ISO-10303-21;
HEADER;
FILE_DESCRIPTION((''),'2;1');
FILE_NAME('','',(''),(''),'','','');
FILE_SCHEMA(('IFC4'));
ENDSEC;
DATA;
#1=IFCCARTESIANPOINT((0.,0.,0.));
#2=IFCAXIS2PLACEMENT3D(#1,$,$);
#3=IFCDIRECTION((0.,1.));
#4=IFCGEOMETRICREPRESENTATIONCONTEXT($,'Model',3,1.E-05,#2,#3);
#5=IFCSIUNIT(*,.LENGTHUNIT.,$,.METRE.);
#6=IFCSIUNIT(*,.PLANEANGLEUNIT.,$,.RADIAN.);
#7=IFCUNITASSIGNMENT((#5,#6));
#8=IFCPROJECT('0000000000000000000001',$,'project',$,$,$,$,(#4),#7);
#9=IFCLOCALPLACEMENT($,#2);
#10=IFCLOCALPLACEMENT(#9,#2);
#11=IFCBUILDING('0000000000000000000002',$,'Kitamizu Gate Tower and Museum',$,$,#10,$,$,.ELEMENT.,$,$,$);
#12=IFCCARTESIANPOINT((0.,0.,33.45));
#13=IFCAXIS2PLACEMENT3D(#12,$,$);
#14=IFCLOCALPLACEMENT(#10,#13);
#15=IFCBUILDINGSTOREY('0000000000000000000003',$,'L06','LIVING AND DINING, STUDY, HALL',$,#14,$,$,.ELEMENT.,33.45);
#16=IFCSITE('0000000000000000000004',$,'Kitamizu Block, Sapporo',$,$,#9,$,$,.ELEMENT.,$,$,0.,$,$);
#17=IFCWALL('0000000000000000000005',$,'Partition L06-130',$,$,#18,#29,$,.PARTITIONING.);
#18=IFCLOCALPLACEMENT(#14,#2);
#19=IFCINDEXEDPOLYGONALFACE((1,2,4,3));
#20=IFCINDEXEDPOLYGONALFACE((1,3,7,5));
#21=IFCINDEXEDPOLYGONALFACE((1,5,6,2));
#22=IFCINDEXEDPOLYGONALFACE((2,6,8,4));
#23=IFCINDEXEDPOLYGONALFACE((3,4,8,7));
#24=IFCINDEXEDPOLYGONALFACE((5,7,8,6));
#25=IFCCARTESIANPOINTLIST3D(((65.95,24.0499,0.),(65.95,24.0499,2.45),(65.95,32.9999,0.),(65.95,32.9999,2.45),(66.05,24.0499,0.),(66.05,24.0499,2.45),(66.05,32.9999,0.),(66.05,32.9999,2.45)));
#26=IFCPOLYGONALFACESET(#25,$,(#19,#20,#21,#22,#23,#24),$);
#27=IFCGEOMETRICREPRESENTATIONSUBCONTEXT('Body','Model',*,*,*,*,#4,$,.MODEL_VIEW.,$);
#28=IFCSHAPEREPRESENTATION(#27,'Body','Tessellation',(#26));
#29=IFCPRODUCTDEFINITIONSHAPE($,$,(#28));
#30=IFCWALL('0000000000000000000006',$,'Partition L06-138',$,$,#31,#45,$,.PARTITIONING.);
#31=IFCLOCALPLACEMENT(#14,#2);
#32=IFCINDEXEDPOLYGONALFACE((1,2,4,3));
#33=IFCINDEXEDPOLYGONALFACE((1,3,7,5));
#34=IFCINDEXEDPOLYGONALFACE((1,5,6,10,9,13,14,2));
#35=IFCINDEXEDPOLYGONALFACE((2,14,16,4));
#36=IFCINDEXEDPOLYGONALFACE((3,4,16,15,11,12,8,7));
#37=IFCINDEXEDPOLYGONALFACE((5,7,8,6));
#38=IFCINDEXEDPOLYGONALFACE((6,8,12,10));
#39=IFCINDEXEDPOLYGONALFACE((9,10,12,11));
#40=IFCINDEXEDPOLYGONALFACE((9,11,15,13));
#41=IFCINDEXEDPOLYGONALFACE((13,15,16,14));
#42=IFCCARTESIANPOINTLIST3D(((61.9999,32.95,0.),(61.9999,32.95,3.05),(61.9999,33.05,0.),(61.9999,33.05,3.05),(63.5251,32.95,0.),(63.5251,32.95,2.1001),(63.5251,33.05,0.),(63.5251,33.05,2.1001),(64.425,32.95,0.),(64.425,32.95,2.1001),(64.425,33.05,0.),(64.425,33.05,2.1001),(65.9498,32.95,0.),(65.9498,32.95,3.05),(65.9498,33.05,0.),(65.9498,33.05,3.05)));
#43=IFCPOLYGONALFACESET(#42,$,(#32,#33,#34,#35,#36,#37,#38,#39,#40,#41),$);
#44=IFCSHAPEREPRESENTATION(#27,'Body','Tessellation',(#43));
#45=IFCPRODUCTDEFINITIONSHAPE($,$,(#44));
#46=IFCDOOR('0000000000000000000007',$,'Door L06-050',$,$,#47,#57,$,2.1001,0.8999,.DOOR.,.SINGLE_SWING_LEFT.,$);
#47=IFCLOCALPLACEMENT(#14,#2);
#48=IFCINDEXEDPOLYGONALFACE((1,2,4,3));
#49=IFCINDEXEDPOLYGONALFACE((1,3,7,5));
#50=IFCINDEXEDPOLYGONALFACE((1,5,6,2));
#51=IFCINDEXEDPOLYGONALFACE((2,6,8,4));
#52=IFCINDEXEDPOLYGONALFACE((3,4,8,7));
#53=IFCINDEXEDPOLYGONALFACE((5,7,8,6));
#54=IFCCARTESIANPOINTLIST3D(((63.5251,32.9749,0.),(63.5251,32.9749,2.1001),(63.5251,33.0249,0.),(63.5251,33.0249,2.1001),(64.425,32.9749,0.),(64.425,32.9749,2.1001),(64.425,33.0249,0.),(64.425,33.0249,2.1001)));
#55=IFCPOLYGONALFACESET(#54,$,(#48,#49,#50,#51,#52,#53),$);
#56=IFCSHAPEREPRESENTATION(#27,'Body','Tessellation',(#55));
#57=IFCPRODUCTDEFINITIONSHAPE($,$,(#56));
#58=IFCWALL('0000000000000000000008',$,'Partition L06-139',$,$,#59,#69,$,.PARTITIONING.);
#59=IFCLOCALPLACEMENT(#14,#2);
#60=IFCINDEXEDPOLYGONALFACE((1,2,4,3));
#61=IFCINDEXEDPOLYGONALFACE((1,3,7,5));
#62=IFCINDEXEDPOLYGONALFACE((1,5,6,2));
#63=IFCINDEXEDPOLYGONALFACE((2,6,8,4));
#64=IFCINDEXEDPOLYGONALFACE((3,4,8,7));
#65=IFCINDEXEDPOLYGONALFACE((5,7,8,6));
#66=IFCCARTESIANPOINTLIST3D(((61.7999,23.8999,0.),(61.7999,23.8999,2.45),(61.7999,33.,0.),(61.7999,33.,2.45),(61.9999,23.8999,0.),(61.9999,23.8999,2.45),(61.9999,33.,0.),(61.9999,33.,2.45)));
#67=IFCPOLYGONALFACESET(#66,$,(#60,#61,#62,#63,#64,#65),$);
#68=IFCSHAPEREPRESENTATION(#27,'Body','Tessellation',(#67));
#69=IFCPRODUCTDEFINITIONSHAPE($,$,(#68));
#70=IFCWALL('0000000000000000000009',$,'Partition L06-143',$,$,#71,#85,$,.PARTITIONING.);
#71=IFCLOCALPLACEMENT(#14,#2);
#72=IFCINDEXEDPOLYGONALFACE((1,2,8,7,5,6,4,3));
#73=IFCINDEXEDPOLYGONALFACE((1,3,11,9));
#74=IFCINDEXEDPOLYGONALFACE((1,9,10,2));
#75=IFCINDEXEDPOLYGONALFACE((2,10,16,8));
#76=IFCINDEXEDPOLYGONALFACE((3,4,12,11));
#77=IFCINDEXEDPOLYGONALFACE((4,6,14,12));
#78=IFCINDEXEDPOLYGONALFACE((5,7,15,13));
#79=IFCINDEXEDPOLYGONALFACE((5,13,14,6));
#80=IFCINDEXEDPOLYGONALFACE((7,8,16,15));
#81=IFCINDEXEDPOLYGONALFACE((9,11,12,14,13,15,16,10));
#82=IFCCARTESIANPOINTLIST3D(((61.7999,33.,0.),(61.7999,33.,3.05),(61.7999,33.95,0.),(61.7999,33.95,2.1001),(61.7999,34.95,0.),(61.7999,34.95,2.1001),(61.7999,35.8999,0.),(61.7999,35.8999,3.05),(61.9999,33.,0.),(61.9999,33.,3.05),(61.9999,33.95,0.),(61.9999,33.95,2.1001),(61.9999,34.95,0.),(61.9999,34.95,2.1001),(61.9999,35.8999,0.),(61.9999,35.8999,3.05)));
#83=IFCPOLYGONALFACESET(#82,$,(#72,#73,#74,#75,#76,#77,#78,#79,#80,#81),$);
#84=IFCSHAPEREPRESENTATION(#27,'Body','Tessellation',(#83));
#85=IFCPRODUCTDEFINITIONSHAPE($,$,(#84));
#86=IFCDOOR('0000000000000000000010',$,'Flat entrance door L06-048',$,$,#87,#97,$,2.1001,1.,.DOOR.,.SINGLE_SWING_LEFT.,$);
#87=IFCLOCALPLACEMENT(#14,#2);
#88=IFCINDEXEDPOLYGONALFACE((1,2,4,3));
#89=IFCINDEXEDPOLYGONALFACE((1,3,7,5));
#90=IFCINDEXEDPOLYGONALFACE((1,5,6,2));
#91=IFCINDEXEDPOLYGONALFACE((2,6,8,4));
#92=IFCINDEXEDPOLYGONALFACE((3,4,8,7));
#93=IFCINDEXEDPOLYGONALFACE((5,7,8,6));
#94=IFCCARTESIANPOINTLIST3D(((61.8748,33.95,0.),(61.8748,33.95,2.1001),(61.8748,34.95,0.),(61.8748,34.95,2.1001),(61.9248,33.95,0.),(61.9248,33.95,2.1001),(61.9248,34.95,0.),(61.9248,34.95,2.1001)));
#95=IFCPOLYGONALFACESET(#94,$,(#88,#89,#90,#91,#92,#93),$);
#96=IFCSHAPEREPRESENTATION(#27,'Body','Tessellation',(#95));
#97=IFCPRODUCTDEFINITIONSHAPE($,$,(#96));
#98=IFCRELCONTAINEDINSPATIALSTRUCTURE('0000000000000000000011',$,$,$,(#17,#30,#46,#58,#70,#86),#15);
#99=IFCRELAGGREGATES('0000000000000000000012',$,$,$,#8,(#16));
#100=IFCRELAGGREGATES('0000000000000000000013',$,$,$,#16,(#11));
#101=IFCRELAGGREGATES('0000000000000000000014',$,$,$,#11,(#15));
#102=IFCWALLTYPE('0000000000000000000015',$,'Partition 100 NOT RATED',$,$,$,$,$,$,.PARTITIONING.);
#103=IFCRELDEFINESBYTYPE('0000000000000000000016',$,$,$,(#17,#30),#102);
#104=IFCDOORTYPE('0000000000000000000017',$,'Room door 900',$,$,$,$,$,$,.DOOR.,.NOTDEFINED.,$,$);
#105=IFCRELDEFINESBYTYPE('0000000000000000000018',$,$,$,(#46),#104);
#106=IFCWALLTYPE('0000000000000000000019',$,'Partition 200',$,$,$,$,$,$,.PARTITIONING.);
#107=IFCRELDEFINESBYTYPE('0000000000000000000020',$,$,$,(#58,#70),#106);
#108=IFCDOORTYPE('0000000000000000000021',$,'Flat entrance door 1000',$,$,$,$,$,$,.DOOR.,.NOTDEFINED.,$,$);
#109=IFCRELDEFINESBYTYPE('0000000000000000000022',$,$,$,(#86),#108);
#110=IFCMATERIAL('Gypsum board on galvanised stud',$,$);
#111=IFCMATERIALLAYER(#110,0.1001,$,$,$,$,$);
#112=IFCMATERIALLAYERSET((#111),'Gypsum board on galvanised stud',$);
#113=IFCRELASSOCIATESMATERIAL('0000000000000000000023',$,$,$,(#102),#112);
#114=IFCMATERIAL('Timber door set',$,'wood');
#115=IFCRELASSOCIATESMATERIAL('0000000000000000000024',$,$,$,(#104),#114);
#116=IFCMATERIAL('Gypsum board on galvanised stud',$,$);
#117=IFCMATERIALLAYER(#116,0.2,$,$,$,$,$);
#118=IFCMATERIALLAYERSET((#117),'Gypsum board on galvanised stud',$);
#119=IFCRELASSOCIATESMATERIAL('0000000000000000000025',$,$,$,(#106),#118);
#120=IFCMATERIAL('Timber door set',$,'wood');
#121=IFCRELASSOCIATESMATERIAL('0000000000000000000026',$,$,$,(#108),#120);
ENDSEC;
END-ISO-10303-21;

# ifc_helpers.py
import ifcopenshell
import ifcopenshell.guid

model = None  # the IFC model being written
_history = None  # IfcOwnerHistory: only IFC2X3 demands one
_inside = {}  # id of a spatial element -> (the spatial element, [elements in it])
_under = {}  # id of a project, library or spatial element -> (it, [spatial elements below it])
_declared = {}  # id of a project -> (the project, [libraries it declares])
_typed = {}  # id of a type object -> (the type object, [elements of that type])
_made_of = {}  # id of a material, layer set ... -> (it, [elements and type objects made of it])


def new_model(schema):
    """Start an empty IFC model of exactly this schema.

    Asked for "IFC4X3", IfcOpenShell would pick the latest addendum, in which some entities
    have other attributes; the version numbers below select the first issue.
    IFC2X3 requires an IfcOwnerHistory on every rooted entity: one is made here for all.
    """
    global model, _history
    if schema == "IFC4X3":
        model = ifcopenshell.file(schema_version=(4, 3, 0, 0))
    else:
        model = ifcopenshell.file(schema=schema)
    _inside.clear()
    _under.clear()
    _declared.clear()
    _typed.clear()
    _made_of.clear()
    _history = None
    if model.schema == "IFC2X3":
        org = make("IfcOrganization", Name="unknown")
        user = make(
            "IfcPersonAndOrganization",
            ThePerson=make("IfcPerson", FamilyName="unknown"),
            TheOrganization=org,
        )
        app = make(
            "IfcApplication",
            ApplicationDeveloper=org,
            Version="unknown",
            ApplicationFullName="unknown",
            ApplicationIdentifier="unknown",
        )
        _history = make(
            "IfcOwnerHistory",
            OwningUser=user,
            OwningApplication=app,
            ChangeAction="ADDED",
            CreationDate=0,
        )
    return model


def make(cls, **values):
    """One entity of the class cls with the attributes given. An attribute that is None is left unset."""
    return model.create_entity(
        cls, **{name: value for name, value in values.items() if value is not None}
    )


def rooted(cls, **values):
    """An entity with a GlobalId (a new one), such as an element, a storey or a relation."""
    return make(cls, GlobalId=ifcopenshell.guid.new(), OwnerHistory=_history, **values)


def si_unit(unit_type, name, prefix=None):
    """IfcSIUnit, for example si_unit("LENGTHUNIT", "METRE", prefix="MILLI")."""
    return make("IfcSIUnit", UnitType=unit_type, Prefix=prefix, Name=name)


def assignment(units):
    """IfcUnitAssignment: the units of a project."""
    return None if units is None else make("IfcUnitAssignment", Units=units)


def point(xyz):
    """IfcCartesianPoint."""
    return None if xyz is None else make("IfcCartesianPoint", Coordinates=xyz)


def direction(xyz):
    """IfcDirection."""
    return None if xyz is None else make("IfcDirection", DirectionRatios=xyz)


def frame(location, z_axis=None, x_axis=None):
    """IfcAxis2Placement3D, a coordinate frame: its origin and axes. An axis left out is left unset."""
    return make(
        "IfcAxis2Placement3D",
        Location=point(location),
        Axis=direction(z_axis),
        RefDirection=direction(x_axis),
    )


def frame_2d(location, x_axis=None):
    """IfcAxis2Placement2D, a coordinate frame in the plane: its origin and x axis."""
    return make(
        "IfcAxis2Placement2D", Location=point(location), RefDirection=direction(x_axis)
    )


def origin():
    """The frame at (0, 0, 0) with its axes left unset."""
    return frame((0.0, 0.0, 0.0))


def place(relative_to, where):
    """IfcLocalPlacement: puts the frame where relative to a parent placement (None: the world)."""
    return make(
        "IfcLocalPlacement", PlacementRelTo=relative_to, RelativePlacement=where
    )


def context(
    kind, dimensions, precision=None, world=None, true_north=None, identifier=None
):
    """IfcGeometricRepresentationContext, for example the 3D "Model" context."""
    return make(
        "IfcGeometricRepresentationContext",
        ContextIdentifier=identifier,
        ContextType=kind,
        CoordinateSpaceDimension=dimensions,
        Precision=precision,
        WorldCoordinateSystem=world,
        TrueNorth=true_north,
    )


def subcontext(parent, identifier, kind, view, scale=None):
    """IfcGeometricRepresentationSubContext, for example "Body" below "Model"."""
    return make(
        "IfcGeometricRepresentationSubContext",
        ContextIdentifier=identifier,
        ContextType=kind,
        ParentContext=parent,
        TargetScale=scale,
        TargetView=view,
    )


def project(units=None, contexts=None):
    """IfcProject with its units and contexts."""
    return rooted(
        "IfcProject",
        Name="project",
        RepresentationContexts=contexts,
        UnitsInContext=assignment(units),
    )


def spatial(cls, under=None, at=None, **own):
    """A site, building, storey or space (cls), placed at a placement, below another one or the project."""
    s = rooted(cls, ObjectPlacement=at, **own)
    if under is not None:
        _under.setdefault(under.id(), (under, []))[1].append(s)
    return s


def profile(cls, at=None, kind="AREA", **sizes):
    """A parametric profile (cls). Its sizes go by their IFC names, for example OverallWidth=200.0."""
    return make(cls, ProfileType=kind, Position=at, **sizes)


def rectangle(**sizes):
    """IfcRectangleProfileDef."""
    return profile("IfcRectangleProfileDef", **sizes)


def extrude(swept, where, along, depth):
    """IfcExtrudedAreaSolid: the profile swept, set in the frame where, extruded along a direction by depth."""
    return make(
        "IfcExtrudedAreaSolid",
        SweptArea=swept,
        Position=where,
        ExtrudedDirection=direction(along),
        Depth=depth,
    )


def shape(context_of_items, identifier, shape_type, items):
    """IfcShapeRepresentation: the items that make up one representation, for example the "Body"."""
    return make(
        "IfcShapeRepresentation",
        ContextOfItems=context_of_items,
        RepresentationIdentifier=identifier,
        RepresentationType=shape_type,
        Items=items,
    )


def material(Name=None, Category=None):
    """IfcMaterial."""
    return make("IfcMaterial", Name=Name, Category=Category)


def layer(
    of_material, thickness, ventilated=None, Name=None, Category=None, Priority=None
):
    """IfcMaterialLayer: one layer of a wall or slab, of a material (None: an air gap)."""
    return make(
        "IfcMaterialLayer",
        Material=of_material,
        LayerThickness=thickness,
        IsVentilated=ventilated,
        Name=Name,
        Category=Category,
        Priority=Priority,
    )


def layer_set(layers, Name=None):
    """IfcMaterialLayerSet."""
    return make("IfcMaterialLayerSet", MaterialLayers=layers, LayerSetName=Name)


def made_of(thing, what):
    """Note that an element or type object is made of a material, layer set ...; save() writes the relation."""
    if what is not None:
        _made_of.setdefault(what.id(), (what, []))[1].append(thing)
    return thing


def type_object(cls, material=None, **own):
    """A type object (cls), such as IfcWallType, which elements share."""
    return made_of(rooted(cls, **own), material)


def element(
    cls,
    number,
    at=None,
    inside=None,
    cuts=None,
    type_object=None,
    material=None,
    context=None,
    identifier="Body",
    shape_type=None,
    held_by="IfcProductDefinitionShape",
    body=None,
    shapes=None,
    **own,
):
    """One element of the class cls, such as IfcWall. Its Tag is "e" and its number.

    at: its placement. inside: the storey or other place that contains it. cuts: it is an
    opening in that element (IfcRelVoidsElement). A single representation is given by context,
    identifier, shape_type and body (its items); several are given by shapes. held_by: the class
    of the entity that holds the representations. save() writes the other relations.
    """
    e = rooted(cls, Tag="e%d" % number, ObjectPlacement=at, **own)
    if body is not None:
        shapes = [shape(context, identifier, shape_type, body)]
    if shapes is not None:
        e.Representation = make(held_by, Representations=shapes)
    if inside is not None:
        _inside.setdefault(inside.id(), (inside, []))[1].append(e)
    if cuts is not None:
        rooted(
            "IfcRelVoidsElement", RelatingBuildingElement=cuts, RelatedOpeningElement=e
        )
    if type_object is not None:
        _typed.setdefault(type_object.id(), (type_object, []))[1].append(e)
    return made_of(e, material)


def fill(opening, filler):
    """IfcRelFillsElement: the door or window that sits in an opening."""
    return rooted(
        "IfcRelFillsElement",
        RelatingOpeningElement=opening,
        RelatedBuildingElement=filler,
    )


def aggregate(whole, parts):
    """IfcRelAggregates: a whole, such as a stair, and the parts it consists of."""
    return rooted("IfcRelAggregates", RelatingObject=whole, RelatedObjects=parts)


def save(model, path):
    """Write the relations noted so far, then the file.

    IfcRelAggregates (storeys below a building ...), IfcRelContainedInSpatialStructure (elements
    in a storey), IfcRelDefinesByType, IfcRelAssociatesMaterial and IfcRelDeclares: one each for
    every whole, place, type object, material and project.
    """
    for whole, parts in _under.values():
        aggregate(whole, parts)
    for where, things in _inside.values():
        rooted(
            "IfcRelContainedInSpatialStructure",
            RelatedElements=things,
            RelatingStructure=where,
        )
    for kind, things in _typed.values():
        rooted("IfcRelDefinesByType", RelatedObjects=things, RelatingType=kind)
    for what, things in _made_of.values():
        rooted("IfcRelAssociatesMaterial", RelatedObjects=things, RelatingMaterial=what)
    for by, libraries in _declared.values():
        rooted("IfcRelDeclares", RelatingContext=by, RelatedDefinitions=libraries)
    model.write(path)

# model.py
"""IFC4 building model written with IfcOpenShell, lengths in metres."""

from ifc_helpers import new_model, si_unit, direction, frame, frame_2d, origin, place, context, subcontext, project, spatial, rectangle, extrude, material, layer, layer_set, type_object, element, fill, save


model = new_model("IFC4")

# Units and contexts
model_context = context("Model", 3, precision=1e-05, world=origin(), true_north=direction((0.0, 1.0)))
body_context = subcontext(model_context, "Body", "Model", "MODEL_VIEW")
ifc_project = project(units=[si_unit("LENGTHUNIT", "METRE"), si_unit("PLANEANGLEUNIT", "RADIAN")], contexts=[model_context])

# Site, building, storey
site_placement = place(None, origin())
site = spatial("IfcSite", under=ifc_project, at=site_placement, Name="Kitamizu Block, Sapporo", CompositionType="ELEMENT", RefElevation=0.0)
building_placement = place(site_placement, origin())
building = spatial("IfcBuilding", under=site, at=building_placement, Name="Kitamizu Gate Tower and Museum", CompositionType="ELEMENT")
storey_placement = place(building_placement, frame((0.0, 0.0, 33.45)))
storey = spatial("IfcBuildingStorey", under=building, at=storey_placement, Name="L06", Description="LIVING AND DINING, STUDY, HALL", CompositionType="ELEMENT", Elevation=33.45)

# Shared definitions
ifc_material_1 = material(Name="Gypsum board on galvanised stud")
ifc_layer_1 = layer(ifc_material_1, 0.1001)
ifc_layer_set_1 = layer_set([ifc_layer_1], Name="Gypsum board on galvanised stud")
wall_type_1 = type_object("IfcWallType", Name="Partition 100 NOT RATED", PredefinedType="PARTITIONING", material=ifc_layer_set_1)
ifc_material_2 = material(Name="Timber door set", Category="wood")
door_type_1 = type_object("IfcDoorType", Name="Room door 900", OperationType="NOTDEFINED", PredefinedType="DOOR", material=ifc_material_2)

# Wall
wall_1_placement = place(storey_placement, frame((66.0, 33.0, 0.0), z_axis=(0.0, 0.0, 1.0), x_axis=(0.0, -1.0, 0.0)))
element("IfcWall", 1, at=wall_1_placement, inside=storey, type_object=wall_type_1, Name="Partition L06-130", PredefinedType="PARTITIONING", context=body_context, shape_type="SweptSolid", body=[
    extrude(rectangle(XDim=8.95, YDim=0.1001, at=frame_2d((4.4751, 0.0))), origin(), (0.0, 0.0, 1.0), 2.45),
])

# Wall, opening, door
wall_2_placement = place(storey_placement, frame((65.95, 33.0, 0.0), z_axis=(0.0, 0.0, 1.0), x_axis=(-1.0, 0.0, 0.0)))
wall_2 = element("IfcWall", 2, at=wall_2_placement, inside=storey, type_object=wall_type_1, Name="Partition L06-138", PredefinedType="PARTITIONING", context=body_context, shape_type="SweptSolid", body=[
    extrude(rectangle(XDim=3.95, YDim=0.1001, at=frame_2d((1.9751, 0.0))), origin(), (0.0, 0.0, 1.0), 3.05),
])
opening_1_placement = place(wall_2_placement, frame((1.5249, 0.0, 0.0)))
opening_1 = element("IfcOpeningElement", 3, at=opening_1_placement, cuts=wall_2, PredefinedType="OPENING", context=body_context, shape_type="SweptSolid", body=[
    extrude(rectangle(XDim=0.8999, YDim=2.1001, at=frame_2d((0.45, 1.05))), frame((0.0, 0.0601, 0.0), z_axis=(0.0, -1.0, 0.0), x_axis=(1.0, 0.0, 0.0)), (0.0, 0.0, 1.0), 0.1201),
])
door_1_placement = place(opening_1_placement, frame((0.8999, 0.0, 0.0), x_axis=(-1.0, 0.0, 0.0)))
door_1 = element("IfcDoor", 4, at=door_1_placement, inside=storey, type_object=door_type_1, Name="Door L06-050", OperationType="SINGLE_SWING_LEFT", OverallHeight=2.1001, OverallWidth=0.8999, PredefinedType="DOOR", context=body_context, shape_type="SweptSolid", body=[
    extrude(rectangle(XDim=0.8999, YDim=2.1001, at=frame_2d((0.45, 1.05))), frame((0.0, 0.0249, 0.0), z_axis=(0.0, -1.0, 0.0), x_axis=(1.0, 0.0, 0.0)), (0.0, 0.0, 1.0), 0.05),
])
fill(opening_1, door_1)

# Wall
ifc_material_3 = material(Name="Gypsum board on galvanised stud")
ifc_layer_2 = layer(ifc_material_3, 0.2)
ifc_layer_set_2 = layer_set([ifc_layer_2], Name="Gypsum board on galvanised stud")
wall_type_2 = type_object("IfcWallType", Name="Partition 200", PredefinedType="PARTITIONING", material=ifc_layer_set_2)
wall_3_placement = place(storey_placement, frame((61.8999, 33.0, 0.0), z_axis=(0.0, 0.0, 1.0), x_axis=(0.0, -1.0, 0.0)))
element("IfcWall", 5, at=wall_3_placement, inside=storey, type_object=wall_type_2, Name="Partition L06-139", PredefinedType="PARTITIONING", context=body_context, shape_type="SweptSolid", body=[
    extrude(rectangle(XDim=9.1001, YDim=0.2, at=frame_2d((4.55, 0.0))), origin(), (0.0, 0.0, 1.0), 2.45),
])

# Wall, opening, door
wall_4_placement = place(storey_placement, frame((61.8999, 35.8999, 0.0), z_axis=(0.0, 0.0, 1.0), x_axis=(0.0, -1.0, 0.0)))
wall_4 = element("IfcWall", 6, at=wall_4_placement, inside=storey, type_object=wall_type_2, Name="Partition L06-143", PredefinedType="PARTITIONING", context=body_context, shape_type="SweptSolid", body=[
    extrude(rectangle(XDim=2.8999, YDim=0.2, at=frame_2d((1.45, 0.0))), origin(), (0.0, 0.0, 1.0), 3.05),
])
opening_2_placement = place(wall_4_placement, frame((0.95, 0.0, 0.0)))
opening_2 = element("IfcOpeningElement", 7, at=opening_2_placement, cuts=wall_4, PredefinedType="OPENING", context=body_context, shape_type="SweptSolid", body=[
    extrude(rectangle(XDim=1.0, YDim=2.1001, at=frame_2d((0.5, 1.05))), frame((0.0, 0.1099, 0.0), z_axis=(0.0, -1.0, 0.0), x_axis=(1.0, 0.0, 0.0)), (0.0, 0.0, 1.0), 0.22),
])
ifc_material_4 = material(Name="Timber door set", Category="wood")
door_type_2 = type_object("IfcDoorType", Name="Flat entrance door 1000", OperationType="NOTDEFINED", PredefinedType="DOOR", material=ifc_material_4)
door_2_placement = place(opening_2_placement, origin())
door_2 = element("IfcDoor", 8, at=door_2_placement, inside=storey, type_object=door_type_2, Name="Flat entrance door L06-048", OperationType="SINGLE_SWING_LEFT", OverallHeight=2.1001, OverallWidth=1.0, PredefinedType="DOOR", context=body_context, shape_type="SweptSolid", body=[
    extrude(rectangle(XDim=1.0, YDim=2.1001, at=frame_2d((0.5, 1.05))), frame((0.0, 0.0249, 0.0), z_axis=(0.0, -1.0, 0.0), x_axis=(1.0, 0.0, 0.0)), (0.0, 0.0, 1.0), 0.05),
])
fill(opening_2, door_2)

save(model, "model.ifc")
